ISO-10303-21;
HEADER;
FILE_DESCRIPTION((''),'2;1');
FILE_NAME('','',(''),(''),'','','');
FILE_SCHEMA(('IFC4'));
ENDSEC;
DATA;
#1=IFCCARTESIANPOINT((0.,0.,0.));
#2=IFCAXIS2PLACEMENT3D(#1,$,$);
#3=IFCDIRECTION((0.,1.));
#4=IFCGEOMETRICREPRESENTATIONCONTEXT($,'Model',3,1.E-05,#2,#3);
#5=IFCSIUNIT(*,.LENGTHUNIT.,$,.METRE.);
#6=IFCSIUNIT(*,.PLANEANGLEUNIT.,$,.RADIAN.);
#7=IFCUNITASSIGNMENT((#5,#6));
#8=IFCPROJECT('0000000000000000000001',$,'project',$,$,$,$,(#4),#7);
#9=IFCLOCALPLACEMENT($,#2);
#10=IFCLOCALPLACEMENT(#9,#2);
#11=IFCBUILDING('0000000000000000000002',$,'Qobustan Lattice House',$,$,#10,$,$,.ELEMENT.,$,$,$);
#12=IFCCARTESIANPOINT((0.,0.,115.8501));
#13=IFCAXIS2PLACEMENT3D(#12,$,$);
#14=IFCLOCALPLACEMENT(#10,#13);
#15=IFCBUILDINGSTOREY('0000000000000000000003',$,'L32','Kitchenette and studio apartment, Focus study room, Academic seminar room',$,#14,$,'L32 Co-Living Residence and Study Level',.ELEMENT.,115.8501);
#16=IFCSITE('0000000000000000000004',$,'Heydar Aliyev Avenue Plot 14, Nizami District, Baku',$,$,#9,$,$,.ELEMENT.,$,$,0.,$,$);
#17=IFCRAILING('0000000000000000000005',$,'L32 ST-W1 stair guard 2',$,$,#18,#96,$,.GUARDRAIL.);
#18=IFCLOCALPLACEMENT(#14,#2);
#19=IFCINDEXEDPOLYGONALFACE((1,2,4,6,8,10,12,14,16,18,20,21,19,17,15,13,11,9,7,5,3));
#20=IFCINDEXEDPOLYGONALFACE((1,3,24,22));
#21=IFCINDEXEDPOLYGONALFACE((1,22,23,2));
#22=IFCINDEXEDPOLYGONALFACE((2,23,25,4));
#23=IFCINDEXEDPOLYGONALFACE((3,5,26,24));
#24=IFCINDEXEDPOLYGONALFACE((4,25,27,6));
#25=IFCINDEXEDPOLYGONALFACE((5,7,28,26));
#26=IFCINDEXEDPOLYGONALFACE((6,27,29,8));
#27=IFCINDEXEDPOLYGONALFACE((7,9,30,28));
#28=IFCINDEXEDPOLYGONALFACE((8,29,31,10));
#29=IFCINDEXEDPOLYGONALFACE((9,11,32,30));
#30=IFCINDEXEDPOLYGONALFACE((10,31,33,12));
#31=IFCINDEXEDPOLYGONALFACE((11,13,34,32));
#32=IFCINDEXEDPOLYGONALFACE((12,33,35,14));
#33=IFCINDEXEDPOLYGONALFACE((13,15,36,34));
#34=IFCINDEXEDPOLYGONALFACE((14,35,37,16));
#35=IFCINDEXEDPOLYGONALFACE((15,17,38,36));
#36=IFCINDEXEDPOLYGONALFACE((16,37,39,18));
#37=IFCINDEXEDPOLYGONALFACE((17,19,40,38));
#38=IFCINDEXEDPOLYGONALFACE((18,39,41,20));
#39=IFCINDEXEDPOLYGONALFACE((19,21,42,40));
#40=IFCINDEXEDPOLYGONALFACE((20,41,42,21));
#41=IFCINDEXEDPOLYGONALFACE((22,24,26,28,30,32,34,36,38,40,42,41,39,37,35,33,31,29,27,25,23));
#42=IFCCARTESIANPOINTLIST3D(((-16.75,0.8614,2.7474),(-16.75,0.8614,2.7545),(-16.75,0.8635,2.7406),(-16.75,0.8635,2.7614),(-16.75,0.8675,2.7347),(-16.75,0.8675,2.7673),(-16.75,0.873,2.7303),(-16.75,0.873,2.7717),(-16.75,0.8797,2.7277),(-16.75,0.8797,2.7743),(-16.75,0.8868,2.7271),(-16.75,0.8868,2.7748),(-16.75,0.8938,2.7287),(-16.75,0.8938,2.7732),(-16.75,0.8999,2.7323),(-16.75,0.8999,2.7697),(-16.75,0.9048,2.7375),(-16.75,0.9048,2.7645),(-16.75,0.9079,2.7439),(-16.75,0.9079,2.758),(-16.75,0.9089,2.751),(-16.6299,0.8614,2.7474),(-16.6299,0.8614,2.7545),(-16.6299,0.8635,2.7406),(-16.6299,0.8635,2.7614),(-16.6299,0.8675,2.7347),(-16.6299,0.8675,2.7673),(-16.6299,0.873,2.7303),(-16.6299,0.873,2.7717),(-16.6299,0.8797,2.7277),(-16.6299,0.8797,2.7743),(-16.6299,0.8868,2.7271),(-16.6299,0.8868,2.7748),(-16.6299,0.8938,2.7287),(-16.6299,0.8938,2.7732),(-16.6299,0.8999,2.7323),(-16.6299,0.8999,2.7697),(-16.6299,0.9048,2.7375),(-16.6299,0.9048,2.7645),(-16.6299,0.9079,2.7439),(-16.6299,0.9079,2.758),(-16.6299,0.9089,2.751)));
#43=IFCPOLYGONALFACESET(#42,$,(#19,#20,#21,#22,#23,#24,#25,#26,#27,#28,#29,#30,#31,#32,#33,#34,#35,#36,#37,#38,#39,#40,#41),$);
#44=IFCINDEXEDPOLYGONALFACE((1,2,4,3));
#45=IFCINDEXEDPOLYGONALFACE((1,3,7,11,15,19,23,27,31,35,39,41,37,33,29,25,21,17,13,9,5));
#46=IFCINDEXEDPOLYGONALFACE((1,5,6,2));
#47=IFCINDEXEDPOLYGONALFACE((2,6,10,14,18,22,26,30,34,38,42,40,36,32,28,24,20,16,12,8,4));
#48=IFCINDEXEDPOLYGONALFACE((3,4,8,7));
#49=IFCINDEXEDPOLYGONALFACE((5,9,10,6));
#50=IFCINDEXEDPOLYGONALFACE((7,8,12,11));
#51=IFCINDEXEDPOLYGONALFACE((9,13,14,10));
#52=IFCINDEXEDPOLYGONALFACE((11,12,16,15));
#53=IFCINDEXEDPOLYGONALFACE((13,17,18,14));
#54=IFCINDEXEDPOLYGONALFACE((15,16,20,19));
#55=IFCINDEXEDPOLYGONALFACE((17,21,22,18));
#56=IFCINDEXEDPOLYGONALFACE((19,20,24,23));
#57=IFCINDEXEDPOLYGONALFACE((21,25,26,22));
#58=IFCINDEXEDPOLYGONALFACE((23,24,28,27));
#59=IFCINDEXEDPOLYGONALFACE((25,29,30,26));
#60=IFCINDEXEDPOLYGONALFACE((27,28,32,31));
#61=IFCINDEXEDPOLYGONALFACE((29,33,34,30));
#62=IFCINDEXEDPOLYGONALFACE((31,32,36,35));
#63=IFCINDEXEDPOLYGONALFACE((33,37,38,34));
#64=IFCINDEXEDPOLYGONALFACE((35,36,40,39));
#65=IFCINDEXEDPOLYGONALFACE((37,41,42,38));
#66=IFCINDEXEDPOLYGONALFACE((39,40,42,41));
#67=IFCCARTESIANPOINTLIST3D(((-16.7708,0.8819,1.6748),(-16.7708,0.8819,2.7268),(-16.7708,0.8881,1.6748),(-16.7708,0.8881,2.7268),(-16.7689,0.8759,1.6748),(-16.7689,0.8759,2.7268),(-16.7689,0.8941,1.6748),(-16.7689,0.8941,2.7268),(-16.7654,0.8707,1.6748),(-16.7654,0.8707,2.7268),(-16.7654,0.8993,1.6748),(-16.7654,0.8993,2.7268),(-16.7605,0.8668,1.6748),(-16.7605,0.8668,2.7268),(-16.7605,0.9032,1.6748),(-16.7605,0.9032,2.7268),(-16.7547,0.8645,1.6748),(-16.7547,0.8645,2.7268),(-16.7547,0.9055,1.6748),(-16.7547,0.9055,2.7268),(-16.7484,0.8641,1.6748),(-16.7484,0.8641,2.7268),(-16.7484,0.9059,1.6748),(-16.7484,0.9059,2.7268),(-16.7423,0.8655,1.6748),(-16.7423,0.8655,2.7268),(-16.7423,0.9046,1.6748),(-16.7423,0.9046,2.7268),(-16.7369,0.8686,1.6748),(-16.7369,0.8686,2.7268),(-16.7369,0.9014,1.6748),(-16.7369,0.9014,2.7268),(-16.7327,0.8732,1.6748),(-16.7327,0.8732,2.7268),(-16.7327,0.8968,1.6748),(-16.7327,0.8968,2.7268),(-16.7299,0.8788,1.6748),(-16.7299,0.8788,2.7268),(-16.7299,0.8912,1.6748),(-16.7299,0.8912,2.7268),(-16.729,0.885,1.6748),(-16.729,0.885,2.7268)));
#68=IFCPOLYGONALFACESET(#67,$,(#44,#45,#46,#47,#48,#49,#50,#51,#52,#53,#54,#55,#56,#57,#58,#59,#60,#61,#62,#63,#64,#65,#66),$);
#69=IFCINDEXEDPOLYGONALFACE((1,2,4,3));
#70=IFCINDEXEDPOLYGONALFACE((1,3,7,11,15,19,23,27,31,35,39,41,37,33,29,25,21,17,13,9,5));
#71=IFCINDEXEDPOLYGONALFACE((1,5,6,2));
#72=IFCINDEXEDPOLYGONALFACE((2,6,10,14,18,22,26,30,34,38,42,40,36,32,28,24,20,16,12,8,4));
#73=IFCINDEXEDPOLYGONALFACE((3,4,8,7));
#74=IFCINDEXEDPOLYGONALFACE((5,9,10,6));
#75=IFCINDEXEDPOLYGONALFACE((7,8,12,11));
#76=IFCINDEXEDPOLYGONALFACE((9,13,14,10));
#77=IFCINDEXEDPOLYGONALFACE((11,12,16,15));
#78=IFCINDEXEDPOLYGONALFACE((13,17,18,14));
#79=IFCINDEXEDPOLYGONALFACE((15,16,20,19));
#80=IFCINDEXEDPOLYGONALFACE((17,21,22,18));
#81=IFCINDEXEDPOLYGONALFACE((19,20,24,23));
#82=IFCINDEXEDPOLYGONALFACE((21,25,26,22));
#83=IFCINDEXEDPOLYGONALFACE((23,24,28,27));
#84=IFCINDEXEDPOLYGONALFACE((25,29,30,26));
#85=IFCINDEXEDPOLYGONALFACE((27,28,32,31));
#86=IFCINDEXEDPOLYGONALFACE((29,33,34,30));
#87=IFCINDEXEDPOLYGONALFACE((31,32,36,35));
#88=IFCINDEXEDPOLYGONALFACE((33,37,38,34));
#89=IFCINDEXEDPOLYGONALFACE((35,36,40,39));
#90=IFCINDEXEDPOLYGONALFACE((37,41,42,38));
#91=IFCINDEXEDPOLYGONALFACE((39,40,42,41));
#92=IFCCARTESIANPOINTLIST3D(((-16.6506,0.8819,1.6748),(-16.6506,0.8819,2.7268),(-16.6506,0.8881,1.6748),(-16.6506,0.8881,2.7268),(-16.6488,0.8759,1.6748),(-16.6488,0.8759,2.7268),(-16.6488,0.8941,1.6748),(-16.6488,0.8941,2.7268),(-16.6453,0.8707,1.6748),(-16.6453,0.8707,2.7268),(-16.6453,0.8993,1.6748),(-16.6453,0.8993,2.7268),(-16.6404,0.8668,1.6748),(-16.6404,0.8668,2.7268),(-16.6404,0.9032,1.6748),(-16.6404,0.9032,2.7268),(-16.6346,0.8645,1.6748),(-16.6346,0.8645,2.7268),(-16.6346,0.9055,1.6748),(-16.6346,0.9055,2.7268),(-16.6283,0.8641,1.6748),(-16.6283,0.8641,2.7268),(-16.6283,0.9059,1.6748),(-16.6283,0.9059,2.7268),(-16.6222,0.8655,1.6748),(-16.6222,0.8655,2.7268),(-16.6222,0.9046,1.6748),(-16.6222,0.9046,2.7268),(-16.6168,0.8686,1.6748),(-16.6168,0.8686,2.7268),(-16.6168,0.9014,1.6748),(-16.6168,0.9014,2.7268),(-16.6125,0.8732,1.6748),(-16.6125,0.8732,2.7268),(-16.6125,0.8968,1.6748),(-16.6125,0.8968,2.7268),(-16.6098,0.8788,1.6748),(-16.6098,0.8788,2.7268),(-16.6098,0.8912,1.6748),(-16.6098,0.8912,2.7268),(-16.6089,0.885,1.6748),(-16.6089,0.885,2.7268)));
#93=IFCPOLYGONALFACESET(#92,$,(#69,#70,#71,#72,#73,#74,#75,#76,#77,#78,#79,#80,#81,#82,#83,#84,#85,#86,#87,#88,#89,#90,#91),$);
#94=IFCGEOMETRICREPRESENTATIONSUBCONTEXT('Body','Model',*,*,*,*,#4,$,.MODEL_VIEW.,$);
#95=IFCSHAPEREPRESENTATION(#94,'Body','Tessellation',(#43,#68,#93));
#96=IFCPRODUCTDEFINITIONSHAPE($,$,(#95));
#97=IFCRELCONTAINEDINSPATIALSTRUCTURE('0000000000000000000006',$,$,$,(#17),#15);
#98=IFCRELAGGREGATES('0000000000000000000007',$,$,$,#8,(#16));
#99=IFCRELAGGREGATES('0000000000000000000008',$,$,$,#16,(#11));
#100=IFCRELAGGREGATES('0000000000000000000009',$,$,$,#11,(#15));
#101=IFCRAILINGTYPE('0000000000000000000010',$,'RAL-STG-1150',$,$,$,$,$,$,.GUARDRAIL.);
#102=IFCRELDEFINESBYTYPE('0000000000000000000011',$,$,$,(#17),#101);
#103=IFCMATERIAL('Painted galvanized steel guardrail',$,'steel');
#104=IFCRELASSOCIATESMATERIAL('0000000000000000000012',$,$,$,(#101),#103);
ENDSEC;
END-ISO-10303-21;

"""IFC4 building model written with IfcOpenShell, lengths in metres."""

from ifc_helpers import new_model, si_unit, direction, frame, origin, origin_2d, place, context, subcontext, project, spatial, circle, extrude, material, type_object, element, save


model = new_model("IFC4")

# Units and contexts
model_context = context("Model", 3, precision=1e-05, world=origin(), true_north=direction((0.0, 1.0)))
body_context = subcontext(model_context, "Body", "Model", "MODEL_VIEW")
ifc_project = project(units=[si_unit("LENGTHUNIT", "METRE"), si_unit("PLANEANGLEUNIT", "RADIAN")], contexts=[model_context])

# Site, building, storey
site_placement = place(None, origin())
site = spatial("IfcSite", under=ifc_project, at=site_placement, Name="Heydar Aliyev Avenue Plot 14, Nizami District, Baku", CompositionType="ELEMENT", RefElevation=0.0)
building_placement = place(site_placement, origin())
building = spatial("IfcBuilding", under=site, at=building_placement, Name="Qobustan Lattice House", CompositionType="ELEMENT")
storey_placement = place(building_placement, frame((0.0, 0.0, 115.8501)))
storey = spatial("IfcBuildingStorey", under=building, at=storey_placement, Name="L32", Description="Kitchenette and studio apartment, Focus study room, Academic seminar room", LongName="L32 Co-Living Residence and Study Level", CompositionType="ELEMENT", Elevation=115.8501)

# Railing
ifc_material_1 = material(Name="Painted galvanized steel guardrail", Category="steel")
railing_type_1 = type_object("IfcRailingType", Name="RAL-STG-1150", PredefinedType="GUARDRAIL", material=ifc_material_1)
railing_1_placement = place(storey_placement, frame((-16.75, 0.885, 1.6748)))
element("IfcRailing", 1, at=railing_1_placement, inside=storey, type_object=railing_type_1, Name="L32 ST-W1 stair guard 2", PredefinedType="GUARDRAIL", context=body_context, shape_type="SweptSolid", body=[
    extrude(circle(Radius=0.0239, at=origin_2d()), frame((0.0, 0.0, 1.0762), z_axis=(1.0, 0.0, 0.0), x_axis=(0.0, 1.0, 0.0)), (0.0, 0.0, 1.0), 0.1201),
    extrude(circle(Radius=0.021, at=origin_2d()), origin(), (0.0, 0.0, 1.0), 1.052),
    extrude(circle(Radius=0.021, at=origin_2d()), frame((0.1201, 0.0, 0.0)), (0.0, 0.0, 1.0), 1.052),
])

save(model, "model.ifc")
